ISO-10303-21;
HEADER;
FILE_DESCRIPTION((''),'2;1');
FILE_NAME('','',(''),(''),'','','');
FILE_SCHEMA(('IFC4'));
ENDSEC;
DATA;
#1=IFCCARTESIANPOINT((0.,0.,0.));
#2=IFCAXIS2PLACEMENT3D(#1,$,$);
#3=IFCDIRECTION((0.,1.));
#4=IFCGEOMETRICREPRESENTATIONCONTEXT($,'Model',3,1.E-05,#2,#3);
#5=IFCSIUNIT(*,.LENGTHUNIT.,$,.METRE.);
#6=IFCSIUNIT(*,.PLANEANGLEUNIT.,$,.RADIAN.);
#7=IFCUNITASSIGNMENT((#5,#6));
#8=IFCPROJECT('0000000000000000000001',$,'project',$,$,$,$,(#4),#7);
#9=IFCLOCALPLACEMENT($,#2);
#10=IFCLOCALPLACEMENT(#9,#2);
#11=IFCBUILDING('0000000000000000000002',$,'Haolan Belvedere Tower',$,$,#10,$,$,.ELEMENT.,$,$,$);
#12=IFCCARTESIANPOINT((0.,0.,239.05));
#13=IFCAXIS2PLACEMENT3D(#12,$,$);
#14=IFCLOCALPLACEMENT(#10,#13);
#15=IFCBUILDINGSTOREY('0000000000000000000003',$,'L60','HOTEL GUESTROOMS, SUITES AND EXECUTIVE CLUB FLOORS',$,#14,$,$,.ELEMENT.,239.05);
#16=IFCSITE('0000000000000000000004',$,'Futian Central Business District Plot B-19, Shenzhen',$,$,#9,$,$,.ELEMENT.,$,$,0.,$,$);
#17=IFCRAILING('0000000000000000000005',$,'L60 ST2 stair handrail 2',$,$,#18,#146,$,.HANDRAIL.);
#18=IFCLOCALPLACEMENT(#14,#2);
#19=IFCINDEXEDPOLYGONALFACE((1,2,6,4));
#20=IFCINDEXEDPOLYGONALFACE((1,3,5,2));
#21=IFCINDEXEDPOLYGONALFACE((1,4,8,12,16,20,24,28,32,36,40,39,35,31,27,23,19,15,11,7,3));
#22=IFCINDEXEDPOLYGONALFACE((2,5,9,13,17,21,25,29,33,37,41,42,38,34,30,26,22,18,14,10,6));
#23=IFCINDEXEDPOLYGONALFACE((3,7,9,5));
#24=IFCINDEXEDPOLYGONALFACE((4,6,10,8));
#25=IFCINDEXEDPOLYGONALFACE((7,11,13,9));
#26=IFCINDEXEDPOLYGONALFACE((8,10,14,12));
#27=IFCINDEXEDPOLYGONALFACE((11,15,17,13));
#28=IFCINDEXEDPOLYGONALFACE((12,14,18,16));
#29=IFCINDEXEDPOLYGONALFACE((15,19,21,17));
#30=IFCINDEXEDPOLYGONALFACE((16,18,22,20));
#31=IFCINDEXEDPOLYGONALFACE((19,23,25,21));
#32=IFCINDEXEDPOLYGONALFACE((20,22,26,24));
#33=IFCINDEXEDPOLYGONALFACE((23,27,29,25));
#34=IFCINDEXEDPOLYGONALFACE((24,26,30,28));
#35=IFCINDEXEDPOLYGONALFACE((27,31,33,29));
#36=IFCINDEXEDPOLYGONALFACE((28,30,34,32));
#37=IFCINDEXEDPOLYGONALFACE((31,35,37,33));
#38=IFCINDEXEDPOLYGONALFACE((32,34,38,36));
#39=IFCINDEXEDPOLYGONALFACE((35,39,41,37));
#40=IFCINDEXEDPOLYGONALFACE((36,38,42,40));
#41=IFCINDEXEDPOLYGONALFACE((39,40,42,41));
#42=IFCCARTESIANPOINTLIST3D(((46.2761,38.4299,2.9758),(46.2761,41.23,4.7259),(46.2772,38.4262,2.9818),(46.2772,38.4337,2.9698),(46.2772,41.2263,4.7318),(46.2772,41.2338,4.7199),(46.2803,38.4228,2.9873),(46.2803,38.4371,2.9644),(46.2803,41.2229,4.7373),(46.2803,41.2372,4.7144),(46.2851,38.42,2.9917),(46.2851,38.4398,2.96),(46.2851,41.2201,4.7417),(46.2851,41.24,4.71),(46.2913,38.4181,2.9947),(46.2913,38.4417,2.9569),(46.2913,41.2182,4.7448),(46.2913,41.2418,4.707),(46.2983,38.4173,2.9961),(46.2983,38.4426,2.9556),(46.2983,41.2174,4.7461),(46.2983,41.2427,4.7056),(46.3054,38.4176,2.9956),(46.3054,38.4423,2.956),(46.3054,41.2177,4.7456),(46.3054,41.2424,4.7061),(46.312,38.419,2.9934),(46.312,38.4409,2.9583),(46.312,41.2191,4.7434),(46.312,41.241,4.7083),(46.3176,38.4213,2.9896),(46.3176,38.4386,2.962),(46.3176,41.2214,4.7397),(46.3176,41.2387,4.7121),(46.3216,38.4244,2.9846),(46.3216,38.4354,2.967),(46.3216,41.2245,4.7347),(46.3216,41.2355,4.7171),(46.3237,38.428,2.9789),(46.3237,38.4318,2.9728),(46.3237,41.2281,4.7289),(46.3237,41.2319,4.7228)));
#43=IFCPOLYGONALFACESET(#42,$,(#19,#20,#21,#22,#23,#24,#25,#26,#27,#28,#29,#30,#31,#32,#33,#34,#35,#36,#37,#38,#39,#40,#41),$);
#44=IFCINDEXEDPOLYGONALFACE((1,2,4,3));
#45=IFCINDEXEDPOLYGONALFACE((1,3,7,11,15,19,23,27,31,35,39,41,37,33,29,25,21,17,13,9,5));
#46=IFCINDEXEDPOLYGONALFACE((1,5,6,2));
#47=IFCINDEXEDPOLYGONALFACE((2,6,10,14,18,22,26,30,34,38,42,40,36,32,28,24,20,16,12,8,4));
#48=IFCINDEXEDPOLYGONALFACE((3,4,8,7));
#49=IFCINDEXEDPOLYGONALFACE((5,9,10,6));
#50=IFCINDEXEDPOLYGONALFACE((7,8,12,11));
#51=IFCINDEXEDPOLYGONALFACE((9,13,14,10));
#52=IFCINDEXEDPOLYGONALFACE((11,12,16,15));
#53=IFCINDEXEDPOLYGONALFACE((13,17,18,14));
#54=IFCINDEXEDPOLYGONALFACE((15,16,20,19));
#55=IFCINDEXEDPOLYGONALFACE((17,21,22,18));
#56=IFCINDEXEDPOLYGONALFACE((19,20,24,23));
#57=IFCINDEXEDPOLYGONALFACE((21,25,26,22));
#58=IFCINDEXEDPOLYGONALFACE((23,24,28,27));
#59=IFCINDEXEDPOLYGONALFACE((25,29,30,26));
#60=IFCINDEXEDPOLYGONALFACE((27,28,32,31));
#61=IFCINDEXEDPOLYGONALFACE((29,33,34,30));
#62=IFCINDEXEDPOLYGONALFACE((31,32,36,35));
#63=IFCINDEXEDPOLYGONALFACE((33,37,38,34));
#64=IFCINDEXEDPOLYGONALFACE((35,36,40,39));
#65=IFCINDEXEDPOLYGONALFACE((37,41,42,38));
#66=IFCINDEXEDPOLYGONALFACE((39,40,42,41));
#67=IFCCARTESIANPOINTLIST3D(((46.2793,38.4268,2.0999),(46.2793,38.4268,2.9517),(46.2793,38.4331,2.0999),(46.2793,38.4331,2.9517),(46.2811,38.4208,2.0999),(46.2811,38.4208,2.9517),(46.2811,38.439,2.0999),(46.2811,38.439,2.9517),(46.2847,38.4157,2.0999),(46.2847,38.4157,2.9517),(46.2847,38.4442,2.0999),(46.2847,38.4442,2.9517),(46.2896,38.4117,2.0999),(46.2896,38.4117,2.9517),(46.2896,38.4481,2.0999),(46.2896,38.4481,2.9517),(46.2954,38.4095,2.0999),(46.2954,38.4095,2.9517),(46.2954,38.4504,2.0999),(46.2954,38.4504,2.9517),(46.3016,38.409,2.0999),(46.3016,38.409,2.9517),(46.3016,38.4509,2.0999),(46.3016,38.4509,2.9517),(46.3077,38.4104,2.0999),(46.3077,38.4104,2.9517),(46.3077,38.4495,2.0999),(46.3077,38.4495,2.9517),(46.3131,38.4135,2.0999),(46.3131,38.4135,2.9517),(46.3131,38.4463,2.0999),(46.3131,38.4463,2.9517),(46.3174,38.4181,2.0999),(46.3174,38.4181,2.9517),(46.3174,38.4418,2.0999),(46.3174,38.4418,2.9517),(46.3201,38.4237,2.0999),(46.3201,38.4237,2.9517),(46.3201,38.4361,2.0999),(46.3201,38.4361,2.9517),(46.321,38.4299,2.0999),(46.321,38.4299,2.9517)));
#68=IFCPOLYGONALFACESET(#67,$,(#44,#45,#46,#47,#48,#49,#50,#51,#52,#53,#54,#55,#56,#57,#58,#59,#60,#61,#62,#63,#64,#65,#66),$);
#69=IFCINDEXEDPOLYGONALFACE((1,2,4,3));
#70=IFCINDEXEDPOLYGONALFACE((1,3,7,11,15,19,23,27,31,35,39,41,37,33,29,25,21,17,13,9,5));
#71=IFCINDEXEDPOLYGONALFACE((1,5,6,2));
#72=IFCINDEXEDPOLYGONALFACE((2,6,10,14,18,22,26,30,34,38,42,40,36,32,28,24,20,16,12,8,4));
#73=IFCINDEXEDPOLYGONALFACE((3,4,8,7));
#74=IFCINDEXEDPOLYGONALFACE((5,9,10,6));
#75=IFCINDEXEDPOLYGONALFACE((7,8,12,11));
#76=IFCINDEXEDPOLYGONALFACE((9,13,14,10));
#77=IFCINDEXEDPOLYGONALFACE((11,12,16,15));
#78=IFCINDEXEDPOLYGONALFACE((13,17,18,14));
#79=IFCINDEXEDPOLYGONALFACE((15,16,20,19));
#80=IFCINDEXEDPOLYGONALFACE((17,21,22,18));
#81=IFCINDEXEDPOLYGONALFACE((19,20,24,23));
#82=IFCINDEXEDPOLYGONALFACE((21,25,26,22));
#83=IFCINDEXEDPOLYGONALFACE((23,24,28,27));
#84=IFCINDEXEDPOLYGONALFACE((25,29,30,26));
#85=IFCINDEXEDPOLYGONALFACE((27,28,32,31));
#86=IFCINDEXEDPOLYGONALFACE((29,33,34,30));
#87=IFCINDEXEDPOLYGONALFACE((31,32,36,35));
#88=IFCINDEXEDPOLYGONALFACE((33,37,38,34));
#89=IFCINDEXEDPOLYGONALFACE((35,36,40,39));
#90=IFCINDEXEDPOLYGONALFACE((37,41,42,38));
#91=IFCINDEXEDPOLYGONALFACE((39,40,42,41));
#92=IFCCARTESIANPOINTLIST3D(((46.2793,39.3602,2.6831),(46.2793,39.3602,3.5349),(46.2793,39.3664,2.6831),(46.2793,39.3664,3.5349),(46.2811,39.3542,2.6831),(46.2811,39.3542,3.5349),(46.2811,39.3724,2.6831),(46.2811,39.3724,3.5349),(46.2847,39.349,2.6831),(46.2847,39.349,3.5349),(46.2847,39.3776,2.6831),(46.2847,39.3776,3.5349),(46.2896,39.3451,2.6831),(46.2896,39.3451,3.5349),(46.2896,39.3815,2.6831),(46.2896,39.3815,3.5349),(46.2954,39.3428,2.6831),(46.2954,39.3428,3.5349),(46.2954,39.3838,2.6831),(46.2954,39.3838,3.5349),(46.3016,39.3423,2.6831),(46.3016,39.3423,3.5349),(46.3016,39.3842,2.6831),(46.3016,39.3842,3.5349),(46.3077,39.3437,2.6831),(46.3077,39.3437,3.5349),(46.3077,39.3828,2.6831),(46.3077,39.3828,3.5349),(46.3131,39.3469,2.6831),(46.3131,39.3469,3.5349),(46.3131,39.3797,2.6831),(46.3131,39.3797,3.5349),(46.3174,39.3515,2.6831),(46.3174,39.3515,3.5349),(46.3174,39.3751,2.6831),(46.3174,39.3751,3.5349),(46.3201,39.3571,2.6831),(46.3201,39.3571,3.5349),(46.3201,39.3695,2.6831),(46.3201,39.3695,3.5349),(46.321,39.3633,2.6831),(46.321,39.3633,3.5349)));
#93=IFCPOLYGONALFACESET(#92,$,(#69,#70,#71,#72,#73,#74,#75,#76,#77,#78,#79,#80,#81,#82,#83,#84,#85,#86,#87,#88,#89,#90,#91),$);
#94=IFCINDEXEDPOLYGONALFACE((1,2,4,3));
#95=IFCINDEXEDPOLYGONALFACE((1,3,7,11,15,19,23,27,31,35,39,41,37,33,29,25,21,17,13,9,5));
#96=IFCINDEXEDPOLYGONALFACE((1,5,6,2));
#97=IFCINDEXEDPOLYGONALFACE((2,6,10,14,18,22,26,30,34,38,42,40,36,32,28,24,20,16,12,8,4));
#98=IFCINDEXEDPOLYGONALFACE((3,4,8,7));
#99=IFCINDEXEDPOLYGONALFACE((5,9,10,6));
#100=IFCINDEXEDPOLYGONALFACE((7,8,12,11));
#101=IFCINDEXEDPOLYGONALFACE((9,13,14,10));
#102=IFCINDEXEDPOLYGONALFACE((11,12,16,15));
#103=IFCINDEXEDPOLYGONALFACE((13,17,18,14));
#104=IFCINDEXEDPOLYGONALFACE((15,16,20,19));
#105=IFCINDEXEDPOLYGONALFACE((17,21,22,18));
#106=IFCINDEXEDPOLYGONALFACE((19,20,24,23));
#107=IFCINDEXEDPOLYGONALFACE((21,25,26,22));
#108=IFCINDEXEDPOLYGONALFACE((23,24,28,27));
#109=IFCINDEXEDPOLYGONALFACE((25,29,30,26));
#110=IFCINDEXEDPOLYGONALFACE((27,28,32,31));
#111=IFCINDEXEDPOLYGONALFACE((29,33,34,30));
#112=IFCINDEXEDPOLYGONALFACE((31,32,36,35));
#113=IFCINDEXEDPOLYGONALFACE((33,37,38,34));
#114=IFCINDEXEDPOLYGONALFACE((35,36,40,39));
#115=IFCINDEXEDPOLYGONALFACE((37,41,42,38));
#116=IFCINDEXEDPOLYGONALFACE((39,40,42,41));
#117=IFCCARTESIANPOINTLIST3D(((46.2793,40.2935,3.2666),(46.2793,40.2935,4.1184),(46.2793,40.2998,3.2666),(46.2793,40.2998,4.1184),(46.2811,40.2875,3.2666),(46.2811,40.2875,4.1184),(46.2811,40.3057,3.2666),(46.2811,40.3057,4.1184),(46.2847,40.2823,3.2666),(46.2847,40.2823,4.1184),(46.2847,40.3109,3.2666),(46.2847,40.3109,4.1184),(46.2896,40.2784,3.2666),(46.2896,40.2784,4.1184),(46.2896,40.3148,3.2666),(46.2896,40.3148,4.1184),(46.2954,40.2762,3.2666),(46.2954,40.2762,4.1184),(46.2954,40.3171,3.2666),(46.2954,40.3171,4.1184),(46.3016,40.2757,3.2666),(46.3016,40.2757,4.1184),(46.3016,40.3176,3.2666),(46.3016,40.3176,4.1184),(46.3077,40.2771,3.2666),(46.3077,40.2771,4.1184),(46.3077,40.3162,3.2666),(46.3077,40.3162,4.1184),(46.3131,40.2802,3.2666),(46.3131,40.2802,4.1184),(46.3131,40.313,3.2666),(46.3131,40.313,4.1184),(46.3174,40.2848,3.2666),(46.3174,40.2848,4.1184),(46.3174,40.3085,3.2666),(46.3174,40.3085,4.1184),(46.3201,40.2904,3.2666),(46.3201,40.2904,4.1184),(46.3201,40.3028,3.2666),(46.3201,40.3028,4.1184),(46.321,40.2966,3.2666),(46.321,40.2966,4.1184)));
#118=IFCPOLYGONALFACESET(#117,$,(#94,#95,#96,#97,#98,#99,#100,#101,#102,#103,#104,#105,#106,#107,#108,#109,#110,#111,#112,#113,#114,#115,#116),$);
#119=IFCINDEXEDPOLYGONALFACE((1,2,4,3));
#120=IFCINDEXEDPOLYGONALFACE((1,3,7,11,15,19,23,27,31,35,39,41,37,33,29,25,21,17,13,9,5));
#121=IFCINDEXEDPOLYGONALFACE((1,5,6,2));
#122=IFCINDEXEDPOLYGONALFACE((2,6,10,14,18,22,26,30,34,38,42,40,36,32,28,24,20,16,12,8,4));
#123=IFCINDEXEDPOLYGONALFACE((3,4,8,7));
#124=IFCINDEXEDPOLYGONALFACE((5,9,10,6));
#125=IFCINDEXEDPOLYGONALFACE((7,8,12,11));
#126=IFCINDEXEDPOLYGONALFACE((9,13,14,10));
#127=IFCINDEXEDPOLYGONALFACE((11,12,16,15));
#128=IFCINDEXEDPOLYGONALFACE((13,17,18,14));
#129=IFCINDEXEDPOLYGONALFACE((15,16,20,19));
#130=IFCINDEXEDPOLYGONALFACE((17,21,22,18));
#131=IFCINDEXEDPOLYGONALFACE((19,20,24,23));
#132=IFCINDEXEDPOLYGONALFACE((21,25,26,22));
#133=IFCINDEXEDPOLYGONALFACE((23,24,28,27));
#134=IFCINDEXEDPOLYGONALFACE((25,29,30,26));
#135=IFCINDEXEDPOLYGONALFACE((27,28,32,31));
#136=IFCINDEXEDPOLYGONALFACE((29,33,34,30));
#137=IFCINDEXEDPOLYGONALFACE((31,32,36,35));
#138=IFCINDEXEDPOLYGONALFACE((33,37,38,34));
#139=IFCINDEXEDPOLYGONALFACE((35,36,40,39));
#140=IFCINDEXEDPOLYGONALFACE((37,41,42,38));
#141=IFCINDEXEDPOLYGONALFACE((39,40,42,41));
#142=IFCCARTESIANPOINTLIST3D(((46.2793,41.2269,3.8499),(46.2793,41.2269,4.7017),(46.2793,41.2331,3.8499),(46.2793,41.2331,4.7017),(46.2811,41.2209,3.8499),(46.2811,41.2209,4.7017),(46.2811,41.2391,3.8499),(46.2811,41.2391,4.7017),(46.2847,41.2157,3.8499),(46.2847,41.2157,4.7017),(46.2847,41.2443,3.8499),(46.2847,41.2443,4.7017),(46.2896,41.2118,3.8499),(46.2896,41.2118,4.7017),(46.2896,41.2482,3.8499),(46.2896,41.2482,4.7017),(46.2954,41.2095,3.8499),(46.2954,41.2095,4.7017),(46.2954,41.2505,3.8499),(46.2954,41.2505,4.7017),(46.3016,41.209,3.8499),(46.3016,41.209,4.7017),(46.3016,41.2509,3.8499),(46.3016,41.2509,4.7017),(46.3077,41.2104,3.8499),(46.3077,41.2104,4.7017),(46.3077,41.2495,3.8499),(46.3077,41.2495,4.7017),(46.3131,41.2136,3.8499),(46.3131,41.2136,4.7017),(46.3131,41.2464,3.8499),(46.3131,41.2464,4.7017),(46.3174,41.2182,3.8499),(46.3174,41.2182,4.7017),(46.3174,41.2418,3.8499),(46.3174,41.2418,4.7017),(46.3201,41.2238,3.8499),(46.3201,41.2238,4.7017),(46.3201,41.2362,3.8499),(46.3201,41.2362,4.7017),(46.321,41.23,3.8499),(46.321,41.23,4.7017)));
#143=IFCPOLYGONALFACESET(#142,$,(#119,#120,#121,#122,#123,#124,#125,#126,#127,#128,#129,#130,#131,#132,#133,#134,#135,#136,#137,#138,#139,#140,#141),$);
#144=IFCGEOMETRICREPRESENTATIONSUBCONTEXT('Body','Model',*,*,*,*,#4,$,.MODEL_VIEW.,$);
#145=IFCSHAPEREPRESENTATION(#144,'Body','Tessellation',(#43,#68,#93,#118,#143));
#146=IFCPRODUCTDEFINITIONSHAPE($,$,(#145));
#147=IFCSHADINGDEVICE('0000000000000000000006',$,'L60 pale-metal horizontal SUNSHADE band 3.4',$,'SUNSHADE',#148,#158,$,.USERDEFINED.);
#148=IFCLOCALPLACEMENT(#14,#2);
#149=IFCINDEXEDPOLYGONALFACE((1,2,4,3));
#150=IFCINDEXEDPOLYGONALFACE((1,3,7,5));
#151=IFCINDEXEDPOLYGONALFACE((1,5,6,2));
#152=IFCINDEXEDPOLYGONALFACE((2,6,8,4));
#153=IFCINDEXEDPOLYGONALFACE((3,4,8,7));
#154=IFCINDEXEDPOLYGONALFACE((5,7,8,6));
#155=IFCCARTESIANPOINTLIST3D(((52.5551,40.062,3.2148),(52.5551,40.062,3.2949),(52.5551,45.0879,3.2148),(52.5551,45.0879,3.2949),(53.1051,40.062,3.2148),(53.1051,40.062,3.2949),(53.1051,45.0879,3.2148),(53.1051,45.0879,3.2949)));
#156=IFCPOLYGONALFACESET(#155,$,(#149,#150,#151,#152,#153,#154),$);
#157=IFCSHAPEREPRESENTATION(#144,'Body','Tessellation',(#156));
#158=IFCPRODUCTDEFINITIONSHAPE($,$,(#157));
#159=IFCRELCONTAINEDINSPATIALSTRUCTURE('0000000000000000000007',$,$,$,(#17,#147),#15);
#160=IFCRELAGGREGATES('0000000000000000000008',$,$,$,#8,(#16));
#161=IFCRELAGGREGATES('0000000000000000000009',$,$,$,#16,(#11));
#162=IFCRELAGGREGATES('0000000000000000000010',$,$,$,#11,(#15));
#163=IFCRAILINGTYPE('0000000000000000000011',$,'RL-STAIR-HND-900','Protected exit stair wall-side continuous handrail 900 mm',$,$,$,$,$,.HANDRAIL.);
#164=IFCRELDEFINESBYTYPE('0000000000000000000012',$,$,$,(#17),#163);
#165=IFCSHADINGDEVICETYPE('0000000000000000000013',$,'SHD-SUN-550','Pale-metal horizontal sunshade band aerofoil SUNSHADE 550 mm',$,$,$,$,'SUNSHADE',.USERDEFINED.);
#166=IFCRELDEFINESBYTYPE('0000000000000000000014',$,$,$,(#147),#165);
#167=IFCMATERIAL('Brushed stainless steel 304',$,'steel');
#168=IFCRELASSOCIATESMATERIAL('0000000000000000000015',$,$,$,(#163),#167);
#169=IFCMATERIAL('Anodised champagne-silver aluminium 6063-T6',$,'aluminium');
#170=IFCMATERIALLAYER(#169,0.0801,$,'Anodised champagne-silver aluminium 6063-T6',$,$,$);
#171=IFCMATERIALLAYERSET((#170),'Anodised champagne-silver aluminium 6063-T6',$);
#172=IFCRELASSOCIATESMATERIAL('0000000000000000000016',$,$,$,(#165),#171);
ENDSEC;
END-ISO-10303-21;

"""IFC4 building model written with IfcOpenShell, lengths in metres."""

from ifc_helpers import new_model, si_unit, direction, frame, origin, origin_2d, place, context, subcontext, project, spatial, rectangle, circle, extrude, material, layer, layer_set, type_object, element, save


model = new_model("IFC4")

# Units and contexts
model_context = context("Model", 3, precision=1e-05, world=origin(), true_north=direction((0.0, 1.0)))
body_context = subcontext(model_context, "Body", "Model", "MODEL_VIEW")
ifc_project = project(units=[si_unit("LENGTHUNIT", "METRE"), si_unit("PLANEANGLEUNIT", "RADIAN")], contexts=[model_context])

# Site, building, storey
site_placement = place(None, origin())
site = spatial("IfcSite", under=ifc_project, at=site_placement, Name="Futian Central Business District Plot B-19, Shenzhen", CompositionType="ELEMENT", RefElevation=0.0)
building_placement = place(site_placement, origin())
building = spatial("IfcBuilding", under=site, at=building_placement, Name="Haolan Belvedere Tower", CompositionType="ELEMENT")
storey_placement = place(building_placement, frame((0.0, 0.0, 239.05)))
storey = spatial("IfcBuildingStorey", under=building, at=storey_placement, Name="L60", Description="HOTEL GUESTROOMS, SUITES AND EXECUTIVE CLUB FLOORS", CompositionType="ELEMENT", Elevation=239.05)

# Railing
ifc_material_1 = material(Name="Brushed stainless steel 304", Category="steel")
railing_type_1 = type_object("IfcRailingType", Name="RL-STAIR-HND-900", Description="Protected exit stair wall-side continuous handrail 900 mm", PredefinedType="HANDRAIL", material=ifc_material_1)
railing_1_placement = place(storey_placement, frame((46.3, 38.4299, 2.0999)))
element("IfcRailing", 1, at=railing_1_placement, inside=storey, type_object=railing_type_1, Name="L60 ST2 stair handrail 2", PredefinedType="HANDRAIL", context=body_context, shape_type="SweptSolid", body=[
    extrude(circle(Radius=0.0239, at=origin_2d()), frame((0.0, 0.0, 0.876), z_axis=(0.0, 0.848002, 0.529992), x_axis=(-1.0, 0.0, 0.0)), (0.0, 0.0, 1.0), 3.302),
    extrude(circle(Radius=0.021, at=origin_2d()), origin(), (0.0, 0.0, 1.0), 0.8518),
    extrude(circle(Radius=0.021, at=origin_2d()), frame((0.0, 0.9333, 0.5833)), (0.0, 0.0, 1.0), 0.8518),
    extrude(circle(Radius=0.021, at=origin_2d()), frame((0.0, 1.8667, 1.1667)), (0.0, 0.0, 1.0), 0.8518),
    extrude(circle(Radius=0.021, at=origin_2d()), frame((0.0, 2.8, 1.75)), (0.0, 0.0, 1.0), 0.8518),
])

# Shading device
ifc_material_2 = material(Name="Anodised champagne-silver aluminium 6063-T6", Category="aluminium")
ifc_layer_1 = layer(ifc_material_2, 0.0801, Name="Anodised champagne-silver aluminium 6063-T6")
ifc_layer_set_1 = layer_set([ifc_layer_1], Name="Anodised champagne-silver aluminium 6063-T6")
shading_device_type = type_object("IfcShadingDeviceType", Name="SHD-SUN-550", Description="Pale-metal horizontal sunshade band aerofoil SUNSHADE 550 mm", ElementType="SUNSHADE", PredefinedType="USERDEFINED", material=ifc_layer_set_1)
shading_device_placement = place(storey_placement, frame((52.8301, 42.575, 3.2148), z_axis=(0.0, 0.0, 1.0), x_axis=(0.0, 1.0, 0.0)))
element("IfcShadingDevice", 2, at=shading_device_placement, inside=storey, type_object=shading_device_type, Name="L60 pale-metal horizontal SUNSHADE band 3.4", ObjectType="SUNSHADE", PredefinedType="USERDEFINED", context=body_context, shape_type="SweptSolid", body=[
    extrude(rectangle(XDim=5.0259, YDim=0.55, at=origin_2d()), origin(), (0.0, 0.0, 1.0), 0.0801),
])

save(model, "model.ifc")
